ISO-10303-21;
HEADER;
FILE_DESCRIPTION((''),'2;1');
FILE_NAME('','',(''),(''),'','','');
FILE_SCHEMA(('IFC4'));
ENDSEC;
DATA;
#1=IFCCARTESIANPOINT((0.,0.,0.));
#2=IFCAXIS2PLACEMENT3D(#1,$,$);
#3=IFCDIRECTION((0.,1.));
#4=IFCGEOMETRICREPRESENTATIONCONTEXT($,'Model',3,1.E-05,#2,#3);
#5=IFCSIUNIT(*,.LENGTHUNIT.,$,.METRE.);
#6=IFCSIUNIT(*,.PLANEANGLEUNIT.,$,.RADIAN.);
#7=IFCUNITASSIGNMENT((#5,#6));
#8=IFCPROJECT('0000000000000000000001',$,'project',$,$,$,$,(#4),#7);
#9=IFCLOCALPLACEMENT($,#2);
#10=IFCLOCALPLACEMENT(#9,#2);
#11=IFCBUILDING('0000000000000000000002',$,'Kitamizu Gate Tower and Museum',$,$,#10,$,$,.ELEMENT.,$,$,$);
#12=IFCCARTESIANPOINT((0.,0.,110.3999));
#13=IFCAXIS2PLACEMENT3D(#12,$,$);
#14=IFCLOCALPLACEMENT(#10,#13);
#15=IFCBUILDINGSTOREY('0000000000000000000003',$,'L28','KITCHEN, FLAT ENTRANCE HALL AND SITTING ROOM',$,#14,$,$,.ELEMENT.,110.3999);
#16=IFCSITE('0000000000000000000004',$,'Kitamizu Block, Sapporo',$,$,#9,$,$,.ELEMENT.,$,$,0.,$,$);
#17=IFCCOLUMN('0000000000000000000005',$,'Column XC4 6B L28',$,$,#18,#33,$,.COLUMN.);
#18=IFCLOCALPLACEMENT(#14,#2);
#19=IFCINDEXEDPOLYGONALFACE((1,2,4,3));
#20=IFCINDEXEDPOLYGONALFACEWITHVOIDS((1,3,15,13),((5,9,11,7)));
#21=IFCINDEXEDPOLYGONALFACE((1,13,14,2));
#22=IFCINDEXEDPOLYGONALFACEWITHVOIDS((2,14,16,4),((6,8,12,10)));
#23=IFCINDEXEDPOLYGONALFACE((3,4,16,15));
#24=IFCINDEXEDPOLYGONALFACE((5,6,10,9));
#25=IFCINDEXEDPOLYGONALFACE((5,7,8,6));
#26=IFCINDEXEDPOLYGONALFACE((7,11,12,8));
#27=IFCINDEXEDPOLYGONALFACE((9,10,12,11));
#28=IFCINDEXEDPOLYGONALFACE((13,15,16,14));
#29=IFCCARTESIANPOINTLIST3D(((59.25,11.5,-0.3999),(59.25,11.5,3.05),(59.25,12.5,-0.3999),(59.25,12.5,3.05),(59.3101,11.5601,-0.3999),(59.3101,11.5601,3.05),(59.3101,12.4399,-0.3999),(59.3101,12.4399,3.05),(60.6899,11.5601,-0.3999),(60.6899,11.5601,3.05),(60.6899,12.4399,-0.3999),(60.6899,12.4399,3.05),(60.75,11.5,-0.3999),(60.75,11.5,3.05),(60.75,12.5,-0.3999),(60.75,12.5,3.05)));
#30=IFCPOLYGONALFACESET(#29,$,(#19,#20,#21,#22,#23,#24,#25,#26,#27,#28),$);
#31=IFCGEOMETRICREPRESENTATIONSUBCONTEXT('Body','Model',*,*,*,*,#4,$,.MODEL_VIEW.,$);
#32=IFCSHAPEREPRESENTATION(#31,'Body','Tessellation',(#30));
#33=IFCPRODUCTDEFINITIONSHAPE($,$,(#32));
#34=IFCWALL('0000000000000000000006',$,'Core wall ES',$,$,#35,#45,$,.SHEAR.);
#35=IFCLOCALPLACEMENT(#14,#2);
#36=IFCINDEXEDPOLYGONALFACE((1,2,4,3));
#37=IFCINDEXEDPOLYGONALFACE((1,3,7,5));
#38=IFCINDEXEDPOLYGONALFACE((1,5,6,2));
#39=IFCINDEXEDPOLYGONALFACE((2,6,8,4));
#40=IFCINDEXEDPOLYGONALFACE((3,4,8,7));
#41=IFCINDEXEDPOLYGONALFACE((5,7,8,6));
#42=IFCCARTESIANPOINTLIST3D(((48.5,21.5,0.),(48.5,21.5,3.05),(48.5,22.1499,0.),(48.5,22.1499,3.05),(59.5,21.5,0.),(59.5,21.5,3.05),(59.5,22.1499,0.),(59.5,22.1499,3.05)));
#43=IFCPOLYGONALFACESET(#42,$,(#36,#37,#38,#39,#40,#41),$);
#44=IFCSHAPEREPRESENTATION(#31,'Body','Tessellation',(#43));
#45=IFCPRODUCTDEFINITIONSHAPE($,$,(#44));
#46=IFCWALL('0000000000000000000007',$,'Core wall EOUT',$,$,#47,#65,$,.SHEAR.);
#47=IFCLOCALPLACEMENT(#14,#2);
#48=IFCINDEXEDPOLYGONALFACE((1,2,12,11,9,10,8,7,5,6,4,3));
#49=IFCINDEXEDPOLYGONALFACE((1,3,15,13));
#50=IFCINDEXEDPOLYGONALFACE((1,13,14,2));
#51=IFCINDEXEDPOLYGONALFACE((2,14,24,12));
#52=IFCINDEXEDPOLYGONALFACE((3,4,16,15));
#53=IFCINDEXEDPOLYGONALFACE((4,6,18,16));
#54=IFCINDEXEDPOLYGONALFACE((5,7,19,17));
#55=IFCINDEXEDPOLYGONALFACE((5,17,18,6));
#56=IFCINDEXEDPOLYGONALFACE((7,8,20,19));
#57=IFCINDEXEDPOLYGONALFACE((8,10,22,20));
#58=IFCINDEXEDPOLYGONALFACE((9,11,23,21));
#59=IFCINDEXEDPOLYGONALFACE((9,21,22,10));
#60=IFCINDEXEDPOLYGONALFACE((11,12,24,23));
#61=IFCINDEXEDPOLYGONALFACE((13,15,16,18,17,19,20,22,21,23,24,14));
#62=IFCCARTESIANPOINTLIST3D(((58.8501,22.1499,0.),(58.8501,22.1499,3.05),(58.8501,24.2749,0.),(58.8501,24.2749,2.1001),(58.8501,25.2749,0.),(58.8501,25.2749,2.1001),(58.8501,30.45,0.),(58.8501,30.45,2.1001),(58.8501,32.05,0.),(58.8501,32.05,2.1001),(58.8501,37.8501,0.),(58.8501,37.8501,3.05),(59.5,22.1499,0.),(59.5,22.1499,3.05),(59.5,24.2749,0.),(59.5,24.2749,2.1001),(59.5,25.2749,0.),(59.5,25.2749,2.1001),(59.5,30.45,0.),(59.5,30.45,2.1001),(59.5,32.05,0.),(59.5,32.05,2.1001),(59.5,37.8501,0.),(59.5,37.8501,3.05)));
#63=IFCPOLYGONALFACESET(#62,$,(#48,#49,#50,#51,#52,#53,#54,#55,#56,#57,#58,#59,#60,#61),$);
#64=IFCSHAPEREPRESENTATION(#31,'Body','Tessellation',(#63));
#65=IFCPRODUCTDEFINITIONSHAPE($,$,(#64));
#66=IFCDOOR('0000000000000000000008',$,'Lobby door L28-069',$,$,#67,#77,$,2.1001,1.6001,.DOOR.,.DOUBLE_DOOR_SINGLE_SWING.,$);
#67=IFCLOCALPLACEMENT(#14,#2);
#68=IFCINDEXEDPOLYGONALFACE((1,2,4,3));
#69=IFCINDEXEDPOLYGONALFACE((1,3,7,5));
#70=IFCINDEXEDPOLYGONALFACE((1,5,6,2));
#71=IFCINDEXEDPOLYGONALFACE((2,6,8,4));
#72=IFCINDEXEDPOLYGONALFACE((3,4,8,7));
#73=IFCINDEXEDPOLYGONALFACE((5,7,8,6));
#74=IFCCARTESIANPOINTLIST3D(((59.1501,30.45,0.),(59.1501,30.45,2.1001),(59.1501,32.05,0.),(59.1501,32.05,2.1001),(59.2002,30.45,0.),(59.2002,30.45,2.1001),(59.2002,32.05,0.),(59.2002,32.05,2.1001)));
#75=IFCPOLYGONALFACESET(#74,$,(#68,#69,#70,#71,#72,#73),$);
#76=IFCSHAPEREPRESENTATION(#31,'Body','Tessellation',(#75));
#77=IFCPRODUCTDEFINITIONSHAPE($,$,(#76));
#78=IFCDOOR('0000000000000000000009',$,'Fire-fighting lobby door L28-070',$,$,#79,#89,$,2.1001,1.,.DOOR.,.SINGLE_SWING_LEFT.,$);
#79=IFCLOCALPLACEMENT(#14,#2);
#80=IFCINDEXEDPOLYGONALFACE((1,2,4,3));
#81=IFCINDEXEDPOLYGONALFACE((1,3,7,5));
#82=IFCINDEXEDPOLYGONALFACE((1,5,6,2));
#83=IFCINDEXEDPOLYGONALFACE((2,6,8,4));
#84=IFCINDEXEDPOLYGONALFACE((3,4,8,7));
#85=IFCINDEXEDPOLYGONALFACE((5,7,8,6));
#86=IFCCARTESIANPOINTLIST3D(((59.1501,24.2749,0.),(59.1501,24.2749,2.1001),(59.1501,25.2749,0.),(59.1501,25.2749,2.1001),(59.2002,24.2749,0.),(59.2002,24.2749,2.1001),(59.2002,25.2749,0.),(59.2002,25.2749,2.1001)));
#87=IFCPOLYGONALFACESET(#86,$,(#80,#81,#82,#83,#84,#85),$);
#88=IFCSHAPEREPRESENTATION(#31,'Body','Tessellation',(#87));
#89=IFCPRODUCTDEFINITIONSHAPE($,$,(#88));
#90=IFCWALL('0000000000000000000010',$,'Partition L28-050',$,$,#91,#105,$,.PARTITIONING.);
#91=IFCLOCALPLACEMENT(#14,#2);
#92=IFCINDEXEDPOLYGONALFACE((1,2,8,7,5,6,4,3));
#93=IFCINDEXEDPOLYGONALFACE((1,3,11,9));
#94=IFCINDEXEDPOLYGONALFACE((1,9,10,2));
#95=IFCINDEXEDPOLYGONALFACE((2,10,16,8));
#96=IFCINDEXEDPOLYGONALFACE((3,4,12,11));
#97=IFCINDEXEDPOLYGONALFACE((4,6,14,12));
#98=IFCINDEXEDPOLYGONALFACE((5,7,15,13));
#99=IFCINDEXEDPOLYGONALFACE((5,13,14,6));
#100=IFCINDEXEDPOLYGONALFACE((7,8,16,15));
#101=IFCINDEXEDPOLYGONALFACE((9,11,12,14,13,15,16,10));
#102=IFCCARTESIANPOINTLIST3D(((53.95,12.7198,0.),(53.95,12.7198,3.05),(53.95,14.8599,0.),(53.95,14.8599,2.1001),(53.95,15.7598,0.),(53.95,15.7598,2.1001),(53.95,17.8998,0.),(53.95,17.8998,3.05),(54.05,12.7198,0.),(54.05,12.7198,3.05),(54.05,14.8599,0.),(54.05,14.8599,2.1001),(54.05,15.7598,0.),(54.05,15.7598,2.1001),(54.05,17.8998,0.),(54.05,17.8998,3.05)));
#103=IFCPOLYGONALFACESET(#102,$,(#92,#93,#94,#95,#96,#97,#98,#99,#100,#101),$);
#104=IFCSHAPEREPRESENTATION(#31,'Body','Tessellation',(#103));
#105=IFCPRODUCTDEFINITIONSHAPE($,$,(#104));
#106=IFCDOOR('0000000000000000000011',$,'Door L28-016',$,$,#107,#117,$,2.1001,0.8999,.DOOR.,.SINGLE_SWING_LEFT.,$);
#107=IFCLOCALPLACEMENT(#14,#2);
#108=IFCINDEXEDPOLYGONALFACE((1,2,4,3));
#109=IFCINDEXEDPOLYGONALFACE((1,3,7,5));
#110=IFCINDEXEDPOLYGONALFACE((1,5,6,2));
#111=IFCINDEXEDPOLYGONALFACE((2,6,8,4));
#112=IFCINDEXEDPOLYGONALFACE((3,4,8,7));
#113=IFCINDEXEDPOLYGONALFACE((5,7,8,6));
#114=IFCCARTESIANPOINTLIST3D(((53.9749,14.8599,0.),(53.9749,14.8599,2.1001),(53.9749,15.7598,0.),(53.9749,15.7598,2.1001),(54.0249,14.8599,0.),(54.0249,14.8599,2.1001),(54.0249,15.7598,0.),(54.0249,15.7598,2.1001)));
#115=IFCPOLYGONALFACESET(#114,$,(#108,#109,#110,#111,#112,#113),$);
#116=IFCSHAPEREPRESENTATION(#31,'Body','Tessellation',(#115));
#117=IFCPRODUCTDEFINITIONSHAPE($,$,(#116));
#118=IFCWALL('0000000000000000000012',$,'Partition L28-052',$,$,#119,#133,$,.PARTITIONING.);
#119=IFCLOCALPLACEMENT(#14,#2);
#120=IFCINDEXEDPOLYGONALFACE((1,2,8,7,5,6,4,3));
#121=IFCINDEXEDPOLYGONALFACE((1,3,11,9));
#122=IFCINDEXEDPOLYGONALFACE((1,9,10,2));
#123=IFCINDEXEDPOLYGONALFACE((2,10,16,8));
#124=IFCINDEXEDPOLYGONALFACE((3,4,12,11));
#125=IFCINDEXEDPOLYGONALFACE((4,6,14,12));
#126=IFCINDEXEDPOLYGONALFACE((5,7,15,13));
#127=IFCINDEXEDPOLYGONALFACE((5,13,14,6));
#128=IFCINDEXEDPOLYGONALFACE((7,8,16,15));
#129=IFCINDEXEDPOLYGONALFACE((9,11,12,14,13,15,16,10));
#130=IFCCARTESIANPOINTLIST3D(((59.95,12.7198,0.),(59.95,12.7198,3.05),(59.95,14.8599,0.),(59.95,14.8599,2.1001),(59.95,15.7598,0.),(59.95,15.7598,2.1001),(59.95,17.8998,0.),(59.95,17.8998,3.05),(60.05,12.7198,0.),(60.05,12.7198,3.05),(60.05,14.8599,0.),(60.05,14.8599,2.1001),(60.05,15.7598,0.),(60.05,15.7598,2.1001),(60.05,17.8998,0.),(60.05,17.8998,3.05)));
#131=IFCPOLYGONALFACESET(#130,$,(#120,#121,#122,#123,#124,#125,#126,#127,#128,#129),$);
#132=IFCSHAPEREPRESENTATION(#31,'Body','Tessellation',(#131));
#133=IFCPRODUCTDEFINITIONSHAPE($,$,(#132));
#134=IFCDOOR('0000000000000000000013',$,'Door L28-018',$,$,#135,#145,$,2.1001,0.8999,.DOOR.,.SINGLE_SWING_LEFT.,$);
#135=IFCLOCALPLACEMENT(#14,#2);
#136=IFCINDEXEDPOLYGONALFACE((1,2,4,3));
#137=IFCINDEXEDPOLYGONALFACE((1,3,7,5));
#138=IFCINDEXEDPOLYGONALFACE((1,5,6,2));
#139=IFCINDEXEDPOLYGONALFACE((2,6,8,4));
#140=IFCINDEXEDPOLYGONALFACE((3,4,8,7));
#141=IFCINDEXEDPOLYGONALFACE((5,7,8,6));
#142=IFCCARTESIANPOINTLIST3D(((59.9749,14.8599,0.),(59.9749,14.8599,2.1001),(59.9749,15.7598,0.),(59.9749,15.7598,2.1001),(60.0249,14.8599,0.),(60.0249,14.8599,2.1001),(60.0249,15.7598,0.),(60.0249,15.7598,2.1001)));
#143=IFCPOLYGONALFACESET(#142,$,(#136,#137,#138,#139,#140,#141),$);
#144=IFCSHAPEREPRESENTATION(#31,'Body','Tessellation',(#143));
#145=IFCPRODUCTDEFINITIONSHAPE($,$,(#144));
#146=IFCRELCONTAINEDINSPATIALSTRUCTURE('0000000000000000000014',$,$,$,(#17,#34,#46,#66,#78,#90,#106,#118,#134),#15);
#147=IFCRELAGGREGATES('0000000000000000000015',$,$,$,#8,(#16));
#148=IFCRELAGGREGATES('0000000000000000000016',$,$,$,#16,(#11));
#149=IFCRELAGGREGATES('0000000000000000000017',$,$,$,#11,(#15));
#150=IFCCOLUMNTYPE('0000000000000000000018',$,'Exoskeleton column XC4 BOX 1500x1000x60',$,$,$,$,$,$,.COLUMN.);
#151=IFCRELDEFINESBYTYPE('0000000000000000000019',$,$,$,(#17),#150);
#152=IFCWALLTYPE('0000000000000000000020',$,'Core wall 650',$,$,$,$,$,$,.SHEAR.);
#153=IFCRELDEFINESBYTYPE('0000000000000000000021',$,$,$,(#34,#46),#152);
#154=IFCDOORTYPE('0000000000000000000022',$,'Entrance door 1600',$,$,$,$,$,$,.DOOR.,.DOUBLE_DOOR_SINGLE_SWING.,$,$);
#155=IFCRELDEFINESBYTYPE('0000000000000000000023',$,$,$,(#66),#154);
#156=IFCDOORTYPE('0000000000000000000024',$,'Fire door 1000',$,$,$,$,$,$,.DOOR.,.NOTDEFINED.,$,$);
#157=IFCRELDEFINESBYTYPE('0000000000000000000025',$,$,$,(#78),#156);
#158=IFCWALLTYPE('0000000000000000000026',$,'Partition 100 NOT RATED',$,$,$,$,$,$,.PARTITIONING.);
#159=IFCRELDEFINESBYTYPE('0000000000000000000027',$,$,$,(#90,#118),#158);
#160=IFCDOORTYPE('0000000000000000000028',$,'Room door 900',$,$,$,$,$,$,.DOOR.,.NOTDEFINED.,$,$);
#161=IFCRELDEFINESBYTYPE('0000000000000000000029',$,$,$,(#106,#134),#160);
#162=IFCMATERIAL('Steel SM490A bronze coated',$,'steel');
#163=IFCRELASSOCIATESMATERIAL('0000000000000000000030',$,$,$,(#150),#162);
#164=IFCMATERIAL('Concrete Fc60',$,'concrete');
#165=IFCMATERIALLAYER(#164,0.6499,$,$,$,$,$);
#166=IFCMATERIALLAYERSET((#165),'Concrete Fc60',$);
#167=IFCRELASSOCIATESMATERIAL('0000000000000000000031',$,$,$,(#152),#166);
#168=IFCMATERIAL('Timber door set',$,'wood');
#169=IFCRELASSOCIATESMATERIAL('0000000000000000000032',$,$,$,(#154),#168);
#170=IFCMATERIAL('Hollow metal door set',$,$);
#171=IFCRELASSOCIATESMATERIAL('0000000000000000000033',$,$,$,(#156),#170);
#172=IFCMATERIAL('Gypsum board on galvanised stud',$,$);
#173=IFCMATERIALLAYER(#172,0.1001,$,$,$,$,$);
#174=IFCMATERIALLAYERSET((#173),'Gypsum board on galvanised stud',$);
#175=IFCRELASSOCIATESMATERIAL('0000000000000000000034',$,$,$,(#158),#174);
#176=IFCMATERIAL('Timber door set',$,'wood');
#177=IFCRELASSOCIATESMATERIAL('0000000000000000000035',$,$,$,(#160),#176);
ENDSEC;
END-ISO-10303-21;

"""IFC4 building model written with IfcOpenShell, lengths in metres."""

from ifc_helpers import new_model, si_unit, direction, frame, frame_2d, origin, origin_2d, place, context, subcontext, project, spatial, rectangle, hollow_rectangle, extrude, material, layer, layer_set, material_profile, profile_set, type_object, element, fill, save


model = new_model("IFC4")

# Units and contexts
model_context = context("Model", 3, precision=1e-05, world=origin(), true_north=direction((0.0, 1.0)))
body_context = subcontext(model_context, "Body", "Model", "MODEL_VIEW")
ifc_project = project(units=[si_unit("LENGTHUNIT", "METRE"), si_unit("PLANEANGLEUNIT", "RADIAN")], contexts=[model_context])

# Site, building, storey
site_placement = place(None, origin())
site = spatial("IfcSite", under=ifc_project, at=site_placement, Name="Kitamizu Block, Sapporo", CompositionType="ELEMENT", RefElevation=0.0)
building_placement = place(site_placement, origin())
building = spatial("IfcBuilding", under=site, at=building_placement, Name="Kitamizu Gate Tower and Museum", CompositionType="ELEMENT")
storey_placement = place(building_placement, frame((0.0, 0.0, 110.3999)))
storey = spatial("IfcBuildingStorey", under=building, at=storey_placement, Name="L28", Description="KITCHEN, FLAT ENTRANCE HALL AND SITTING ROOM", CompositionType="ELEMENT", Elevation=110.3999)

# Column
ifc_material_1 = material(Name="Steel SM490A bronze coated", Category="steel")
ifc_material_profile = material_profile(ifc_material_1, hollow_rectangle(XDim=1.5, YDim=1.0, WallThickness=0.0601, at=origin_2d()), Name="BOX 1500x1000x60")
ifc_profile_set = profile_set([ifc_material_profile], Name="Steel SM490A bronze coated")
column_type = type_object("IfcColumnType", Name="Exoskeleton column XC4 BOX 1500x1000x60", PredefinedType="COLUMN", material=ifc_profile_set)
column_placement = place(storey_placement, frame((60.0, 12.0, -0.3999), z_axis=(0.0, 0.0, 1.0), x_axis=(1.0, 0.0, 0.0)))
element("IfcColumn", 1, at=column_placement, inside=storey, type_object=column_type, Name="Column XC4 6B L28", PredefinedType="COLUMN", context=body_context, shape_type="SweptSolid", body=[
    extrude(hollow_rectangle(XDim=1.5, YDim=1.0, WallThickness=0.0601, at=origin_2d()), origin(), (0.0, 0.0, 1.0), 3.45),
])

# Wall
ifc_material_2 = material(Name="Concrete Fc60", Category="concrete")
ifc_layer_1 = layer(ifc_material_2, 0.6499)
ifc_layer_set_1 = layer_set([ifc_layer_1], Name="Concrete Fc60")
wall_type_1 = type_object("IfcWallType", Name="Core wall 650", PredefinedType="SHEAR", material=ifc_layer_set_1)
wall_1_placement = place(storey_placement, frame((59.5, 21.825, 0.0), z_axis=(0.0, 0.0, 1.0), x_axis=(-1.0, 0.0, 0.0)))
element("IfcWall", 2, at=wall_1_placement, inside=storey, type_object=wall_type_1, Name="Core wall ES", PredefinedType="SHEAR", context=body_context, shape_type="SweptSolid", body=[
    extrude(rectangle(XDim=11.0, YDim=0.6499, at=frame_2d((5.5, 0.0))), origin(), (0.0, 0.0, 1.0), 3.05),
])

# Wall, openings, doors
wall_2_placement = place(storey_placement, frame((59.175, 22.1499, 0.0), z_axis=(0.0, 0.0, 1.0), x_axis=(0.0, 1.0, 0.0)))
wall_2 = element("IfcWall", 3, at=wall_2_placement, inside=storey, type_object=wall_type_1, Name="Core wall EOUT", PredefinedType="SHEAR", context=body_context, shape_type="SweptSolid", body=[
    extrude(rectangle(XDim=15.7002, YDim=0.6499, at=frame_2d((7.8501, 0.0))), origin(), (0.0, 0.0, 1.0), 3.05),
])
opening_1_placement = place(wall_2_placement, frame((8.3, 0.0, 0.0)))
opening_1 = element("IfcOpeningElement", 4, at=opening_1_placement, cuts=wall_2, PredefinedType="OPENING", context=body_context, shape_type="SweptSolid", body=[
    extrude(rectangle(XDim=1.6001, YDim=2.1001, at=frame_2d((0.8, 1.05))), frame((0.0, 0.335, 0.0), z_axis=(0.0, -1.0, 0.0), x_axis=(1.0, 0.0, 0.0)), (0.0, 0.0, 1.0), 0.6699),
])
opening_2_placement = place(wall_2_placement, frame((2.125, 0.0, 0.0)))
opening_2 = element("IfcOpeningElement", 5, at=opening_2_placement, cuts=wall_2, PredefinedType="OPENING", context=body_context, shape_type="SweptSolid", body=[
    extrude(rectangle(XDim=1.0, YDim=2.1001, at=frame_2d((0.5, 1.05))), frame((0.0, 0.335, 0.0), z_axis=(0.0, -1.0, 0.0), x_axis=(1.0, 0.0, 0.0)), (0.0, 0.0, 1.0), 0.6699),
])
ifc_material_3 = material(Name="Timber door set", Category="wood")
door_type_1 = type_object("IfcDoorType", Name="Entrance door 1600", OperationType="DOUBLE_DOOR_SINGLE_SWING", PredefinedType="DOOR", material=ifc_material_3)
door_1_placement = place(opening_1_placement, origin())
door_1 = element("IfcDoor", 6, at=door_1_placement, inside=storey, type_object=door_type_1, Name="Lobby door L28-069", OperationType="DOUBLE_DOOR_SINGLE_SWING", OverallHeight=2.1001, OverallWidth=1.6001, PredefinedType="DOOR", context=body_context, shape_type="SweptSolid", body=[
    extrude(rectangle(XDim=1.6001, YDim=2.1001, at=frame_2d((0.8, 1.05))), frame((0.0, 0.0249, 0.0), z_axis=(0.0, -1.0, 0.0), x_axis=(1.0, 0.0, 0.0)), (0.0, 0.0, 1.0), 0.05),
])
fill(opening_1, door_1)
ifc_material_4 = material(Name="Hollow metal door set")
door_type_2 = type_object("IfcDoorType", Name="Fire door 1000", OperationType="NOTDEFINED", PredefinedType="DOOR", material=ifc_material_4)
door_2_placement = place(opening_2_placement, origin())
door_2 = element("IfcDoor", 7, at=door_2_placement, inside=storey, type_object=door_type_2, Name="Fire-fighting lobby door L28-070", OperationType="SINGLE_SWING_LEFT", OverallHeight=2.1001, OverallWidth=1.0, PredefinedType="DOOR", context=body_context, shape_type="SweptSolid", body=[
    extrude(rectangle(XDim=1.0, YDim=2.1001, at=frame_2d((0.5, 1.05))), frame((0.0, 0.0249, 0.0), z_axis=(0.0, -1.0, 0.0), x_axis=(1.0, 0.0, 0.0)), (0.0, 0.0, 1.0), 0.05),
])
fill(opening_2, door_2)

# Walls, openings, doors
ifc_material_5 = material(Name="Gypsum board on galvanised stud")
ifc_layer_2 = layer(ifc_material_5, 0.1001)
ifc_layer_set_2 = layer_set([ifc_layer_2], Name="Gypsum board on galvanised stud")
wall_type_2 = type_object("IfcWallType", Name="Partition 100 NOT RATED", PredefinedType="PARTITIONING", material=ifc_layer_set_2)
wall_3_placement = place(storey_placement, frame((54.0, 12.72, 0.0), z_axis=(0.0, 0.0, 1.0), x_axis=(0.0, 1.0, 0.0)))
wall_3 = element("IfcWall", 8, at=wall_3_placement, inside=storey, type_object=wall_type_2, Name="Partition L28-050", PredefinedType="PARTITIONING", context=body_context, shape_type="SweptSolid", body=[
    extrude(rectangle(XDim=5.1799, YDim=0.1001, at=frame_2d((2.5898, 0.0))), origin(), (0.0, 0.0, 1.0), 3.05),
])
opening_3_placement = place(wall_3_placement, frame((2.1399, 0.0, 0.0)))
opening_3 = element("IfcOpeningElement", 9, at=opening_3_placement, cuts=wall_3, PredefinedType="OPENING", context=body_context, shape_type="SweptSolid", body=[
    extrude(rectangle(XDim=0.8999, YDim=2.1001, at=frame_2d((0.45, 1.05))), frame((0.0, 0.0601, 0.0), z_axis=(0.0, -1.0, 0.0), x_axis=(1.0, 0.0, 0.0)), (0.0, 0.0, 1.0), 0.1201),
])
ifc_material_6 = material(Name="Timber door set", Category="wood")
door_type_3 = type_object("IfcDoorType", Name="Room door 900", OperationType="NOTDEFINED", PredefinedType="DOOR", material=ifc_material_6)
door_3_placement = place(opening_3_placement, frame((0.8999, 0.0, 0.0), x_axis=(-1.0, 0.0, 0.0)))
door_3 = element("IfcDoor", 10, at=door_3_placement, inside=storey, type_object=door_type_3, Name="Door L28-016", OperationType="SINGLE_SWING_LEFT", OverallHeight=2.1001, OverallWidth=0.8999, PredefinedType="DOOR", context=body_context, shape_type="SweptSolid", body=[
    extrude(rectangle(XDim=0.8999, YDim=2.1001, at=frame_2d((0.45, 1.05))), frame((0.0, 0.0249, 0.0), z_axis=(0.0, -1.0, 0.0), x_axis=(1.0, 0.0, 0.0)), (0.0, 0.0, 1.0), 0.05),
])
fill(opening_3, door_3)
wall_4_placement = place(storey_placement, frame((60.0, 12.72, 0.0), z_axis=(0.0, 0.0, 1.0), x_axis=(0.0, 1.0, 0.0)))
wall_4 = element("IfcWall", 11, at=wall_4_placement, inside=storey, type_object=wall_type_2, Name="Partition L28-052", PredefinedType="PARTITIONING", context=body_context, shape_type="SweptSolid", body=[
    extrude(rectangle(XDim=5.1799, YDim=0.1001, at=frame_2d((2.5898, 0.0))), origin(), (0.0, 0.0, 1.0), 3.05),
])
opening_4_placement = place(wall_4_placement, frame((2.1399, 0.0, 0.0)))
opening_4 = element("IfcOpeningElement", 12, at=opening_4_placement, cuts=wall_4, PredefinedType="OPENING", context=body_context, shape_type="SweptSolid", body=[
    extrude(rectangle(XDim=0.8999, YDim=2.1001, at=frame_2d((0.45, 1.05))), frame((0.0, 0.0601, 0.0), z_axis=(0.0, -1.0, 0.0), x_axis=(1.0, 0.0, 0.0)), (0.0, 0.0, 1.0), 0.1201),
])
door_4_placement = place(opening_4_placement, frame((0.8999, 0.0, 0.0), x_axis=(-1.0, 0.0, 0.0)))
door_4 = element("IfcDoor", 13, at=door_4_placement, inside=storey, type_object=door_type_3, Name="Door L28-018", OperationType="SINGLE_SWING_LEFT", OverallHeight=2.1001, OverallWidth=0.8999, PredefinedType="DOOR", context=body_context, shape_type="SweptSolid", body=[
    extrude(rectangle(XDim=0.8999, YDim=2.1001, at=frame_2d((0.45, 1.05))), frame((0.0, 0.0249, 0.0), z_axis=(0.0, -1.0, 0.0), x_axis=(1.0, 0.0, 0.0)), (0.0, 0.0, 1.0), 0.05),
])
fill(opening_4, door_4)

save(model, "model.ifc")
